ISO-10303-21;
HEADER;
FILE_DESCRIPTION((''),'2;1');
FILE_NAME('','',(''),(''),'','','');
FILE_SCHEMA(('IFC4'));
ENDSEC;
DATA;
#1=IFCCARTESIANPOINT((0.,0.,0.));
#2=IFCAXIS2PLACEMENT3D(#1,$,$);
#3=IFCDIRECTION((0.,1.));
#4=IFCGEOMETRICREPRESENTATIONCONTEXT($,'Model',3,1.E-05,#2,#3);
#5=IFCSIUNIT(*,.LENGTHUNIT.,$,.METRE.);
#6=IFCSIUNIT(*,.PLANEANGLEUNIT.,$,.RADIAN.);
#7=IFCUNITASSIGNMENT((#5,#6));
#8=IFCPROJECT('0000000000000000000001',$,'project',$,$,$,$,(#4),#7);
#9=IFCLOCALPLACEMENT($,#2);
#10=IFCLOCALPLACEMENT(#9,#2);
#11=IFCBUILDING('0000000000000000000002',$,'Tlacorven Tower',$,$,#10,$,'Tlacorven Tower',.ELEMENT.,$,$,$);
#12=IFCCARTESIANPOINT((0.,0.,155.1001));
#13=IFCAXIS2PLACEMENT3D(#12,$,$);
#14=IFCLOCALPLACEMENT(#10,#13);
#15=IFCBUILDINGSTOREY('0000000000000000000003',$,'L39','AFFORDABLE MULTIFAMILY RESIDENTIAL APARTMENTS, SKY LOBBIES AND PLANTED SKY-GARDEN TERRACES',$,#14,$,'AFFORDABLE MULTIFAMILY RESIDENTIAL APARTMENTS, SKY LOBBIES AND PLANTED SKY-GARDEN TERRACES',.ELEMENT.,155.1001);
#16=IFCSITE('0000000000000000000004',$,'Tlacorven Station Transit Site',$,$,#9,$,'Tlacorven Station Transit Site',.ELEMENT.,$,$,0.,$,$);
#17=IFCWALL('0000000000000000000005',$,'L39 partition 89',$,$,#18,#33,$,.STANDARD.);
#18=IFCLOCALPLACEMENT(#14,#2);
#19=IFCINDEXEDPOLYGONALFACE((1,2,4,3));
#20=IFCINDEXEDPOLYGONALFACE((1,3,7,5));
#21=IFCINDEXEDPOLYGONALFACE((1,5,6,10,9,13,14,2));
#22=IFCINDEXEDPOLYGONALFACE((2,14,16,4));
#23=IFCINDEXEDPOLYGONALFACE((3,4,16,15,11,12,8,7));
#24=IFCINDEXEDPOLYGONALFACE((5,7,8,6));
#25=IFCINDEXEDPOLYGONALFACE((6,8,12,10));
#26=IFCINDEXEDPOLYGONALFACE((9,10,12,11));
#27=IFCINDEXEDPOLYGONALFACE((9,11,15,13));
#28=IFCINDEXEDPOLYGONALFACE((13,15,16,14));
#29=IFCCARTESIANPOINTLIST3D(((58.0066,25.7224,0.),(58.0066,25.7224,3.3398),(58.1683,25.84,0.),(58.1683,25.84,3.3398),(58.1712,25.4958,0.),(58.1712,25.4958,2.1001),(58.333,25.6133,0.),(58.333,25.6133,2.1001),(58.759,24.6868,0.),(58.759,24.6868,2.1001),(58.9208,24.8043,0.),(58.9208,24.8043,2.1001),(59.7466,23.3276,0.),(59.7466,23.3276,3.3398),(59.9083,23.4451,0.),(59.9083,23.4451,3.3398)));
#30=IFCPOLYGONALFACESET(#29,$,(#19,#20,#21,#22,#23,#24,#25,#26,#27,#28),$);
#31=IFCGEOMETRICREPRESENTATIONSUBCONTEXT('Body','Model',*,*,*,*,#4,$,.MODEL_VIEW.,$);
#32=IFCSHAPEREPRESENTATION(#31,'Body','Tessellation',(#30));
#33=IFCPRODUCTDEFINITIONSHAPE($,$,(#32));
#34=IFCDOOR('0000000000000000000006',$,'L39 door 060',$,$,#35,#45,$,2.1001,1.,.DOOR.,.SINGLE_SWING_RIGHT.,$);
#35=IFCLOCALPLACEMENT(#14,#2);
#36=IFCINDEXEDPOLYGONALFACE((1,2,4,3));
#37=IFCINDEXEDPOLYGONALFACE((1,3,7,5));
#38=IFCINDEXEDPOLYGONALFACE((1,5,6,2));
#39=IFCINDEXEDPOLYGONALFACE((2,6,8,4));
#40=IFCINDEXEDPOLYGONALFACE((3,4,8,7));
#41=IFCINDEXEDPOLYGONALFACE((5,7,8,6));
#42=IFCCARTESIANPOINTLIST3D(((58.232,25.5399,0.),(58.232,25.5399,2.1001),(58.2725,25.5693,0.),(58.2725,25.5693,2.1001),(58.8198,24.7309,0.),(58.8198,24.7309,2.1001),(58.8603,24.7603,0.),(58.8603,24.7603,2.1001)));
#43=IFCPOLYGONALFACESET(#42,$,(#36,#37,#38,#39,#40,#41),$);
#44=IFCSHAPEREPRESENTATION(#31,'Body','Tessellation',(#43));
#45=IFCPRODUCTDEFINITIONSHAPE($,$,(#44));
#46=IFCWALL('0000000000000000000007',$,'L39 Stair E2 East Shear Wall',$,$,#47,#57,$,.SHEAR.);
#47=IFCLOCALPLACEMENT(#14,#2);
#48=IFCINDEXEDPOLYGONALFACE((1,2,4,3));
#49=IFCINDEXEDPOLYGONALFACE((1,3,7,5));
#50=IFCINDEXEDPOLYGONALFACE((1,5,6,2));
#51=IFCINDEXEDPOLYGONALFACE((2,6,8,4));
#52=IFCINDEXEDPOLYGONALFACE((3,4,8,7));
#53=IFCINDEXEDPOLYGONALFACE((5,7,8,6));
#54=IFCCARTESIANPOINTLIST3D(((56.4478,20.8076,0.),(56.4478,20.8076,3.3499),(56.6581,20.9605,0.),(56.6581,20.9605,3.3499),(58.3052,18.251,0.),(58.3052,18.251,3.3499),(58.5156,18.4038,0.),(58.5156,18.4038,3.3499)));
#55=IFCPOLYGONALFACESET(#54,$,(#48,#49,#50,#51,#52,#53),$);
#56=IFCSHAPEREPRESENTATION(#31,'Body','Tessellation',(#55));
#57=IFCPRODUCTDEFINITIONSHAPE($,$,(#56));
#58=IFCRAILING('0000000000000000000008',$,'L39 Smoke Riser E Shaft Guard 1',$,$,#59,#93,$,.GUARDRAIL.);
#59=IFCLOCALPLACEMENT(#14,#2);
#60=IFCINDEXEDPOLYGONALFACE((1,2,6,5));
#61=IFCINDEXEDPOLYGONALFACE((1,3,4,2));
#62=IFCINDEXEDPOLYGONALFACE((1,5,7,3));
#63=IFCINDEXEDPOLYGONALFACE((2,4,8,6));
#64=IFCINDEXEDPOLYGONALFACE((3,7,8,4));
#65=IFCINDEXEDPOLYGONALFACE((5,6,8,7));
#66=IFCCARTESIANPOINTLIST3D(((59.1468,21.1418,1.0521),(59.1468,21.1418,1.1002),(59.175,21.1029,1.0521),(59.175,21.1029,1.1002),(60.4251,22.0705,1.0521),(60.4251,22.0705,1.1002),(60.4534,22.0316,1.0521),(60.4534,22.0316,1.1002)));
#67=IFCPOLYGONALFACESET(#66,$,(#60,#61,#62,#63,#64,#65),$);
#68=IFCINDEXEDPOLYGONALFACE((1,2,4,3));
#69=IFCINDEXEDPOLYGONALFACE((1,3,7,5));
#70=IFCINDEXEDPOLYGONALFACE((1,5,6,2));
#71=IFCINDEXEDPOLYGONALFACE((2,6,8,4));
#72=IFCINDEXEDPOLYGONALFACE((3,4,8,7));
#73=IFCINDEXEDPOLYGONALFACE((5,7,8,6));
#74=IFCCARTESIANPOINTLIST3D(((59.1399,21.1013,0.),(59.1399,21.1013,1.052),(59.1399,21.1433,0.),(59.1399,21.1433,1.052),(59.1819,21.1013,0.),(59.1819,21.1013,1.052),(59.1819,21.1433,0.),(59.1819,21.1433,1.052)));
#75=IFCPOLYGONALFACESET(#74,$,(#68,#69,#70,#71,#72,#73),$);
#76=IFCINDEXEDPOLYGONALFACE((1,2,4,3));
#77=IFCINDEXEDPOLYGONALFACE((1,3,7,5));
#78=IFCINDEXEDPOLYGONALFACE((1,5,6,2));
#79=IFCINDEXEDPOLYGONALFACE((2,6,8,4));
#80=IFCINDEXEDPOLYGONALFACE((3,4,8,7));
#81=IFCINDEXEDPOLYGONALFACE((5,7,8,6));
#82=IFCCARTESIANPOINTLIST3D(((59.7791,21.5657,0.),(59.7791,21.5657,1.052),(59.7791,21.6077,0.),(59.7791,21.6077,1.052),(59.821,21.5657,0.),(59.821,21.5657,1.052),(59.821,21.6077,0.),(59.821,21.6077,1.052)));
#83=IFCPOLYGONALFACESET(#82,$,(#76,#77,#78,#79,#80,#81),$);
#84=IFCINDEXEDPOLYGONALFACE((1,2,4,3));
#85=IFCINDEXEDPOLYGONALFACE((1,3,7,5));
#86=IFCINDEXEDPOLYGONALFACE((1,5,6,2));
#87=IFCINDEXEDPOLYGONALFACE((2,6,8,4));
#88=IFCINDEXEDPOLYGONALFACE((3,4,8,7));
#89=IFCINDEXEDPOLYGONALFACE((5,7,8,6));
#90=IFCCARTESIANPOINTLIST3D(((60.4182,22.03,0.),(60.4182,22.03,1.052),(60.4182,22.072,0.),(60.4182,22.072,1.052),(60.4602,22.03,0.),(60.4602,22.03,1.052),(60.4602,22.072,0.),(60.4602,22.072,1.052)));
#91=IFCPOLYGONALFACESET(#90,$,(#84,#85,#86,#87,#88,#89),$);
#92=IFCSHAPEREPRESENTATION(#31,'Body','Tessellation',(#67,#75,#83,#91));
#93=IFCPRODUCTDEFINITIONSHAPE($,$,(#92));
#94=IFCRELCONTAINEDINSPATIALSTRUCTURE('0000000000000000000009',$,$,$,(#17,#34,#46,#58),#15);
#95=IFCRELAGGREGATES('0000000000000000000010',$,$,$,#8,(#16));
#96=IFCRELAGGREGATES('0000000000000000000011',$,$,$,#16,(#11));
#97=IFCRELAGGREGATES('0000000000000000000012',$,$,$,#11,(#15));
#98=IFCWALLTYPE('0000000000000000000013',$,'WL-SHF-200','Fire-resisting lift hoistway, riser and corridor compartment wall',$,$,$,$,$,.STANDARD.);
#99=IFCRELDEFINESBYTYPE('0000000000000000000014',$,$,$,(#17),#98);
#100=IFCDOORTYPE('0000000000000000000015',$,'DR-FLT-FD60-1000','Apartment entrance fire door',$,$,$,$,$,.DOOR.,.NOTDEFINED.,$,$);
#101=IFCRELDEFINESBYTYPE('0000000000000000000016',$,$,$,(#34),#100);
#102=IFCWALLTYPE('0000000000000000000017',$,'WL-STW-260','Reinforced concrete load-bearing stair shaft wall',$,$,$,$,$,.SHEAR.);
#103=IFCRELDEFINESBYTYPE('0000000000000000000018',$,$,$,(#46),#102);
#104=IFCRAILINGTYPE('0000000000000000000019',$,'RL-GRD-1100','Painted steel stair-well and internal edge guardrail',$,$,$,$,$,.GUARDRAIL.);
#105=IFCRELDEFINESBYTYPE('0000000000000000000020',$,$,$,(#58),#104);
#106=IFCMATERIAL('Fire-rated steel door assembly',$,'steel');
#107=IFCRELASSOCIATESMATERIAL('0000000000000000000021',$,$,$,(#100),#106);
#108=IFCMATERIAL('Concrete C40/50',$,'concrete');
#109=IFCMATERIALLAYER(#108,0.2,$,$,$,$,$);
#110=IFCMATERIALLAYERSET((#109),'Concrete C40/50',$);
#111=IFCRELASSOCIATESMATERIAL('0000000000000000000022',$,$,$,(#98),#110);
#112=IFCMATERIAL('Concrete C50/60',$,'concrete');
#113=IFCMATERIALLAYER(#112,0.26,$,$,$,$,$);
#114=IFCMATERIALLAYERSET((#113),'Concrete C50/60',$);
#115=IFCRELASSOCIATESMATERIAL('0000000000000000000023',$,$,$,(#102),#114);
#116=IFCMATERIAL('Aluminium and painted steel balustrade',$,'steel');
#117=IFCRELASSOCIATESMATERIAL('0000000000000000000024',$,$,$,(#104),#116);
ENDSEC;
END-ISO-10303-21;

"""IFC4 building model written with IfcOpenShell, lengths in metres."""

from ifc_helpers import new_model, si_unit, direction, frame, frame_2d, origin, origin_2d, place, context, subcontext, project, spatial, rectangle, extrude, source, transform, mapped, material, layer, layer_set, type_object, element, fill, save


model = new_model("IFC4")

# Units and contexts
model_context = context("Model", 3, precision=1e-05, world=origin(), true_north=direction((0.0, 1.0)))
body_context = subcontext(model_context, "Body", "Model", "MODEL_VIEW")
ifc_project = project(units=[si_unit("LENGTHUNIT", "METRE"), si_unit("PLANEANGLEUNIT", "RADIAN")], contexts=[model_context])

# Site, building, storey
site_placement = place(None, origin())
site = spatial("IfcSite", under=ifc_project, at=site_placement, Name="Tlacorven Station Transit Site", LongName="Tlacorven Station Transit Site", CompositionType="ELEMENT", RefElevation=0.0)
building_placement = place(site_placement, origin())
building = spatial("IfcBuilding", under=site, at=building_placement, Name="Tlacorven Tower", LongName="Tlacorven Tower", CompositionType="ELEMENT")
storey_placement = place(building_placement, frame((0.0, 0.0, 155.1001)))
storey = spatial("IfcBuildingStorey", under=building, at=storey_placement, Name="L39", Description="AFFORDABLE MULTIFAMILY RESIDENTIAL APARTMENTS, SKY LOBBIES AND PLANTED SKY-GARDEN TERRACES", LongName="AFFORDABLE MULTIFAMILY RESIDENTIAL APARTMENTS, SKY LOBBIES AND PLANTED SKY-GARDEN TERRACES", CompositionType="ELEMENT", Elevation=155.1001)

# Shared definitions
ifc_material_1 = material(Name="Fire-rated steel door assembly", Category="steel")
door_type_1 = type_object("IfcDoorType", Name="DR-FLT-FD60-1000", Description="Apartment entrance fire door", OperationType="NOTDEFINED", PredefinedType="DOOR", material=ifc_material_1)
shared_shape_1 = source(origin(), body_context, "Body", "SweptSolid", [
    extrude(rectangle(XDim=1.0, YDim=2.1001, at=frame_2d((0.5, 1.05))), frame((0.0, 0.0249, 0.0), z_axis=(0.0, -1.0, 0.0), x_axis=(1.0, 0.0, 0.0)), (0.0, 0.0, 1.0), 0.05),
])

# Shared definitions
ifc_material_2 = material(Name="Concrete C40/50", Category="concrete")
ifc_layer_1 = layer(ifc_material_2, 0.2)
ifc_layer_set_1 = layer_set([ifc_layer_1], Name="Concrete C40/50")
wall_type_1 = type_object("IfcWallType", Name="WL-SHF-200", Description="Fire-resisting lift hoistway, riser and corridor compartment wall", PredefinedType="STANDARD", material=ifc_layer_set_1)

# Wall, opening, door
wall_1_placement = place(storey_placement, frame((59.8274, 23.3865, 0.0), z_axis=(0.0, 0.0, 1.0), x_axis=(-0.587804, 0.809003, 0.0)))
wall_1 = element("IfcWall", 1, at=wall_1_placement, inside=storey, type_object=wall_type_1, Name="L39 partition 89", PredefinedType="STANDARD", context=body_context, shape_type="SweptSolid", body=[
    extrude(rectangle(XDim=2.9602, YDim=0.2, at=frame_2d((1.48, 0.0))), origin(), (0.0, 0.0, 1.0), 3.3398),
])
opening_1_placement = place(wall_1_placement, frame((1.6799, 0.0, 0.0)))
opening_1 = element("IfcOpeningElement", 2, at=opening_1_placement, cuts=wall_1, PredefinedType="OPENING", context=body_context, shape_type="SweptSolid", body=[
    extrude(rectangle(XDim=1.0, YDim=2.1001, at=frame_2d((0.5, 1.05))), frame((0.0, 0.1099, 0.0), z_axis=(0.0, -1.0, 0.0), x_axis=(1.0, 0.0, 0.0)), (0.0, 0.0, 1.0), 0.22),
])
door_1_placement = place(opening_1_placement, origin())
door_1 = element("IfcDoor", 3, at=door_1_placement, inside=storey, type_object=door_type_1, Name="L39 door 060", OperationType="SINGLE_SWING_RIGHT", OverallHeight=2.1001, OverallWidth=1.0, PredefinedType="DOOR", context=body_context, shape_type="MappedRepresentation", body=[
    mapped(shared_shape_1, transform((0.0, 0.0, 0.0), scale=1.0)),
])
fill(opening_1, door_1)

# Wall
ifc_material_3 = material(Name="Concrete C50/60", Category="concrete")
ifc_layer_2 = layer(ifc_material_3, 0.26)
ifc_layer_set_2 = layer_set([ifc_layer_2], Name="Concrete C50/60")
wall_type_2 = type_object("IfcWallType", Name="WL-STW-260", Description="Reinforced concrete load-bearing stair shaft wall", PredefinedType="SHEAR", material=ifc_layer_set_2)
wall_2_placement = place(storey_placement, frame((58.4104, 18.3274, 0.0), z_axis=(0.0, 0.0, 1.0), x_axis=(-0.587767, 0.80903, 0.0)))
element("IfcWall", 4, at=wall_2_placement, inside=storey, type_object=wall_type_2, Name="L39 Stair E2 East Shear Wall", PredefinedType="SHEAR", context=body_context, shape_type="SweptSolid", body=[
    extrude(rectangle(XDim=3.1602, YDim=0.26, at=frame_2d((1.5801, 0.0))), origin(), (0.0, 0.0, 1.0), 3.3499),
])

# Railing
ifc_material_4 = material(Name="Aluminium and painted steel balustrade", Category="steel")
railing_type = type_object("IfcRailingType", Name="RL-GRD-1100", Description="Painted steel stair-well and internal edge guardrail", PredefinedType="GUARDRAIL", material=ifc_material_4)
shared_shape_2 = source(origin(), body_context, "Body", "SweptSolid", [
    extrude(rectangle(XDim=0.0481, YDim=0.0481, at=origin_2d()), frame((0.0, 0.0, 1.0762), z_axis=(0.80903, 0.587767, 0.0), x_axis=(-0.587767, 0.80903, 0.0)), (0.0, 0.0, 1.0), 1.5801),
    extrude(rectangle(XDim=0.042, YDim=0.042, at=origin_2d()), origin(), (0.0, 0.0, 1.0), 1.052),
    extrude(rectangle(XDim=0.042, YDim=0.042, at=origin_2d()), frame((0.6392, 0.4644, 0.0)), (0.0, 0.0, 1.0), 1.052),
    extrude(rectangle(XDim=0.042, YDim=0.042, at=origin_2d()), frame((1.2783, 0.9287, 0.0)), (0.0, 0.0, 1.0), 1.052),
])
railing_placement = place(storey_placement, frame((59.1609, 21.1223, 0.0)))
element("IfcRailing", 5, at=railing_placement, inside=storey, type_object=railing_type, Name="L39 Smoke Riser E Shaft Guard 1", PredefinedType="GUARDRAIL", context=body_context, shape_type="MappedRepresentation", body=[
    mapped(shared_shape_2, transform((0.0, 0.0, 0.0), scale=1.0)),
])

save(model, "model.ifc")
